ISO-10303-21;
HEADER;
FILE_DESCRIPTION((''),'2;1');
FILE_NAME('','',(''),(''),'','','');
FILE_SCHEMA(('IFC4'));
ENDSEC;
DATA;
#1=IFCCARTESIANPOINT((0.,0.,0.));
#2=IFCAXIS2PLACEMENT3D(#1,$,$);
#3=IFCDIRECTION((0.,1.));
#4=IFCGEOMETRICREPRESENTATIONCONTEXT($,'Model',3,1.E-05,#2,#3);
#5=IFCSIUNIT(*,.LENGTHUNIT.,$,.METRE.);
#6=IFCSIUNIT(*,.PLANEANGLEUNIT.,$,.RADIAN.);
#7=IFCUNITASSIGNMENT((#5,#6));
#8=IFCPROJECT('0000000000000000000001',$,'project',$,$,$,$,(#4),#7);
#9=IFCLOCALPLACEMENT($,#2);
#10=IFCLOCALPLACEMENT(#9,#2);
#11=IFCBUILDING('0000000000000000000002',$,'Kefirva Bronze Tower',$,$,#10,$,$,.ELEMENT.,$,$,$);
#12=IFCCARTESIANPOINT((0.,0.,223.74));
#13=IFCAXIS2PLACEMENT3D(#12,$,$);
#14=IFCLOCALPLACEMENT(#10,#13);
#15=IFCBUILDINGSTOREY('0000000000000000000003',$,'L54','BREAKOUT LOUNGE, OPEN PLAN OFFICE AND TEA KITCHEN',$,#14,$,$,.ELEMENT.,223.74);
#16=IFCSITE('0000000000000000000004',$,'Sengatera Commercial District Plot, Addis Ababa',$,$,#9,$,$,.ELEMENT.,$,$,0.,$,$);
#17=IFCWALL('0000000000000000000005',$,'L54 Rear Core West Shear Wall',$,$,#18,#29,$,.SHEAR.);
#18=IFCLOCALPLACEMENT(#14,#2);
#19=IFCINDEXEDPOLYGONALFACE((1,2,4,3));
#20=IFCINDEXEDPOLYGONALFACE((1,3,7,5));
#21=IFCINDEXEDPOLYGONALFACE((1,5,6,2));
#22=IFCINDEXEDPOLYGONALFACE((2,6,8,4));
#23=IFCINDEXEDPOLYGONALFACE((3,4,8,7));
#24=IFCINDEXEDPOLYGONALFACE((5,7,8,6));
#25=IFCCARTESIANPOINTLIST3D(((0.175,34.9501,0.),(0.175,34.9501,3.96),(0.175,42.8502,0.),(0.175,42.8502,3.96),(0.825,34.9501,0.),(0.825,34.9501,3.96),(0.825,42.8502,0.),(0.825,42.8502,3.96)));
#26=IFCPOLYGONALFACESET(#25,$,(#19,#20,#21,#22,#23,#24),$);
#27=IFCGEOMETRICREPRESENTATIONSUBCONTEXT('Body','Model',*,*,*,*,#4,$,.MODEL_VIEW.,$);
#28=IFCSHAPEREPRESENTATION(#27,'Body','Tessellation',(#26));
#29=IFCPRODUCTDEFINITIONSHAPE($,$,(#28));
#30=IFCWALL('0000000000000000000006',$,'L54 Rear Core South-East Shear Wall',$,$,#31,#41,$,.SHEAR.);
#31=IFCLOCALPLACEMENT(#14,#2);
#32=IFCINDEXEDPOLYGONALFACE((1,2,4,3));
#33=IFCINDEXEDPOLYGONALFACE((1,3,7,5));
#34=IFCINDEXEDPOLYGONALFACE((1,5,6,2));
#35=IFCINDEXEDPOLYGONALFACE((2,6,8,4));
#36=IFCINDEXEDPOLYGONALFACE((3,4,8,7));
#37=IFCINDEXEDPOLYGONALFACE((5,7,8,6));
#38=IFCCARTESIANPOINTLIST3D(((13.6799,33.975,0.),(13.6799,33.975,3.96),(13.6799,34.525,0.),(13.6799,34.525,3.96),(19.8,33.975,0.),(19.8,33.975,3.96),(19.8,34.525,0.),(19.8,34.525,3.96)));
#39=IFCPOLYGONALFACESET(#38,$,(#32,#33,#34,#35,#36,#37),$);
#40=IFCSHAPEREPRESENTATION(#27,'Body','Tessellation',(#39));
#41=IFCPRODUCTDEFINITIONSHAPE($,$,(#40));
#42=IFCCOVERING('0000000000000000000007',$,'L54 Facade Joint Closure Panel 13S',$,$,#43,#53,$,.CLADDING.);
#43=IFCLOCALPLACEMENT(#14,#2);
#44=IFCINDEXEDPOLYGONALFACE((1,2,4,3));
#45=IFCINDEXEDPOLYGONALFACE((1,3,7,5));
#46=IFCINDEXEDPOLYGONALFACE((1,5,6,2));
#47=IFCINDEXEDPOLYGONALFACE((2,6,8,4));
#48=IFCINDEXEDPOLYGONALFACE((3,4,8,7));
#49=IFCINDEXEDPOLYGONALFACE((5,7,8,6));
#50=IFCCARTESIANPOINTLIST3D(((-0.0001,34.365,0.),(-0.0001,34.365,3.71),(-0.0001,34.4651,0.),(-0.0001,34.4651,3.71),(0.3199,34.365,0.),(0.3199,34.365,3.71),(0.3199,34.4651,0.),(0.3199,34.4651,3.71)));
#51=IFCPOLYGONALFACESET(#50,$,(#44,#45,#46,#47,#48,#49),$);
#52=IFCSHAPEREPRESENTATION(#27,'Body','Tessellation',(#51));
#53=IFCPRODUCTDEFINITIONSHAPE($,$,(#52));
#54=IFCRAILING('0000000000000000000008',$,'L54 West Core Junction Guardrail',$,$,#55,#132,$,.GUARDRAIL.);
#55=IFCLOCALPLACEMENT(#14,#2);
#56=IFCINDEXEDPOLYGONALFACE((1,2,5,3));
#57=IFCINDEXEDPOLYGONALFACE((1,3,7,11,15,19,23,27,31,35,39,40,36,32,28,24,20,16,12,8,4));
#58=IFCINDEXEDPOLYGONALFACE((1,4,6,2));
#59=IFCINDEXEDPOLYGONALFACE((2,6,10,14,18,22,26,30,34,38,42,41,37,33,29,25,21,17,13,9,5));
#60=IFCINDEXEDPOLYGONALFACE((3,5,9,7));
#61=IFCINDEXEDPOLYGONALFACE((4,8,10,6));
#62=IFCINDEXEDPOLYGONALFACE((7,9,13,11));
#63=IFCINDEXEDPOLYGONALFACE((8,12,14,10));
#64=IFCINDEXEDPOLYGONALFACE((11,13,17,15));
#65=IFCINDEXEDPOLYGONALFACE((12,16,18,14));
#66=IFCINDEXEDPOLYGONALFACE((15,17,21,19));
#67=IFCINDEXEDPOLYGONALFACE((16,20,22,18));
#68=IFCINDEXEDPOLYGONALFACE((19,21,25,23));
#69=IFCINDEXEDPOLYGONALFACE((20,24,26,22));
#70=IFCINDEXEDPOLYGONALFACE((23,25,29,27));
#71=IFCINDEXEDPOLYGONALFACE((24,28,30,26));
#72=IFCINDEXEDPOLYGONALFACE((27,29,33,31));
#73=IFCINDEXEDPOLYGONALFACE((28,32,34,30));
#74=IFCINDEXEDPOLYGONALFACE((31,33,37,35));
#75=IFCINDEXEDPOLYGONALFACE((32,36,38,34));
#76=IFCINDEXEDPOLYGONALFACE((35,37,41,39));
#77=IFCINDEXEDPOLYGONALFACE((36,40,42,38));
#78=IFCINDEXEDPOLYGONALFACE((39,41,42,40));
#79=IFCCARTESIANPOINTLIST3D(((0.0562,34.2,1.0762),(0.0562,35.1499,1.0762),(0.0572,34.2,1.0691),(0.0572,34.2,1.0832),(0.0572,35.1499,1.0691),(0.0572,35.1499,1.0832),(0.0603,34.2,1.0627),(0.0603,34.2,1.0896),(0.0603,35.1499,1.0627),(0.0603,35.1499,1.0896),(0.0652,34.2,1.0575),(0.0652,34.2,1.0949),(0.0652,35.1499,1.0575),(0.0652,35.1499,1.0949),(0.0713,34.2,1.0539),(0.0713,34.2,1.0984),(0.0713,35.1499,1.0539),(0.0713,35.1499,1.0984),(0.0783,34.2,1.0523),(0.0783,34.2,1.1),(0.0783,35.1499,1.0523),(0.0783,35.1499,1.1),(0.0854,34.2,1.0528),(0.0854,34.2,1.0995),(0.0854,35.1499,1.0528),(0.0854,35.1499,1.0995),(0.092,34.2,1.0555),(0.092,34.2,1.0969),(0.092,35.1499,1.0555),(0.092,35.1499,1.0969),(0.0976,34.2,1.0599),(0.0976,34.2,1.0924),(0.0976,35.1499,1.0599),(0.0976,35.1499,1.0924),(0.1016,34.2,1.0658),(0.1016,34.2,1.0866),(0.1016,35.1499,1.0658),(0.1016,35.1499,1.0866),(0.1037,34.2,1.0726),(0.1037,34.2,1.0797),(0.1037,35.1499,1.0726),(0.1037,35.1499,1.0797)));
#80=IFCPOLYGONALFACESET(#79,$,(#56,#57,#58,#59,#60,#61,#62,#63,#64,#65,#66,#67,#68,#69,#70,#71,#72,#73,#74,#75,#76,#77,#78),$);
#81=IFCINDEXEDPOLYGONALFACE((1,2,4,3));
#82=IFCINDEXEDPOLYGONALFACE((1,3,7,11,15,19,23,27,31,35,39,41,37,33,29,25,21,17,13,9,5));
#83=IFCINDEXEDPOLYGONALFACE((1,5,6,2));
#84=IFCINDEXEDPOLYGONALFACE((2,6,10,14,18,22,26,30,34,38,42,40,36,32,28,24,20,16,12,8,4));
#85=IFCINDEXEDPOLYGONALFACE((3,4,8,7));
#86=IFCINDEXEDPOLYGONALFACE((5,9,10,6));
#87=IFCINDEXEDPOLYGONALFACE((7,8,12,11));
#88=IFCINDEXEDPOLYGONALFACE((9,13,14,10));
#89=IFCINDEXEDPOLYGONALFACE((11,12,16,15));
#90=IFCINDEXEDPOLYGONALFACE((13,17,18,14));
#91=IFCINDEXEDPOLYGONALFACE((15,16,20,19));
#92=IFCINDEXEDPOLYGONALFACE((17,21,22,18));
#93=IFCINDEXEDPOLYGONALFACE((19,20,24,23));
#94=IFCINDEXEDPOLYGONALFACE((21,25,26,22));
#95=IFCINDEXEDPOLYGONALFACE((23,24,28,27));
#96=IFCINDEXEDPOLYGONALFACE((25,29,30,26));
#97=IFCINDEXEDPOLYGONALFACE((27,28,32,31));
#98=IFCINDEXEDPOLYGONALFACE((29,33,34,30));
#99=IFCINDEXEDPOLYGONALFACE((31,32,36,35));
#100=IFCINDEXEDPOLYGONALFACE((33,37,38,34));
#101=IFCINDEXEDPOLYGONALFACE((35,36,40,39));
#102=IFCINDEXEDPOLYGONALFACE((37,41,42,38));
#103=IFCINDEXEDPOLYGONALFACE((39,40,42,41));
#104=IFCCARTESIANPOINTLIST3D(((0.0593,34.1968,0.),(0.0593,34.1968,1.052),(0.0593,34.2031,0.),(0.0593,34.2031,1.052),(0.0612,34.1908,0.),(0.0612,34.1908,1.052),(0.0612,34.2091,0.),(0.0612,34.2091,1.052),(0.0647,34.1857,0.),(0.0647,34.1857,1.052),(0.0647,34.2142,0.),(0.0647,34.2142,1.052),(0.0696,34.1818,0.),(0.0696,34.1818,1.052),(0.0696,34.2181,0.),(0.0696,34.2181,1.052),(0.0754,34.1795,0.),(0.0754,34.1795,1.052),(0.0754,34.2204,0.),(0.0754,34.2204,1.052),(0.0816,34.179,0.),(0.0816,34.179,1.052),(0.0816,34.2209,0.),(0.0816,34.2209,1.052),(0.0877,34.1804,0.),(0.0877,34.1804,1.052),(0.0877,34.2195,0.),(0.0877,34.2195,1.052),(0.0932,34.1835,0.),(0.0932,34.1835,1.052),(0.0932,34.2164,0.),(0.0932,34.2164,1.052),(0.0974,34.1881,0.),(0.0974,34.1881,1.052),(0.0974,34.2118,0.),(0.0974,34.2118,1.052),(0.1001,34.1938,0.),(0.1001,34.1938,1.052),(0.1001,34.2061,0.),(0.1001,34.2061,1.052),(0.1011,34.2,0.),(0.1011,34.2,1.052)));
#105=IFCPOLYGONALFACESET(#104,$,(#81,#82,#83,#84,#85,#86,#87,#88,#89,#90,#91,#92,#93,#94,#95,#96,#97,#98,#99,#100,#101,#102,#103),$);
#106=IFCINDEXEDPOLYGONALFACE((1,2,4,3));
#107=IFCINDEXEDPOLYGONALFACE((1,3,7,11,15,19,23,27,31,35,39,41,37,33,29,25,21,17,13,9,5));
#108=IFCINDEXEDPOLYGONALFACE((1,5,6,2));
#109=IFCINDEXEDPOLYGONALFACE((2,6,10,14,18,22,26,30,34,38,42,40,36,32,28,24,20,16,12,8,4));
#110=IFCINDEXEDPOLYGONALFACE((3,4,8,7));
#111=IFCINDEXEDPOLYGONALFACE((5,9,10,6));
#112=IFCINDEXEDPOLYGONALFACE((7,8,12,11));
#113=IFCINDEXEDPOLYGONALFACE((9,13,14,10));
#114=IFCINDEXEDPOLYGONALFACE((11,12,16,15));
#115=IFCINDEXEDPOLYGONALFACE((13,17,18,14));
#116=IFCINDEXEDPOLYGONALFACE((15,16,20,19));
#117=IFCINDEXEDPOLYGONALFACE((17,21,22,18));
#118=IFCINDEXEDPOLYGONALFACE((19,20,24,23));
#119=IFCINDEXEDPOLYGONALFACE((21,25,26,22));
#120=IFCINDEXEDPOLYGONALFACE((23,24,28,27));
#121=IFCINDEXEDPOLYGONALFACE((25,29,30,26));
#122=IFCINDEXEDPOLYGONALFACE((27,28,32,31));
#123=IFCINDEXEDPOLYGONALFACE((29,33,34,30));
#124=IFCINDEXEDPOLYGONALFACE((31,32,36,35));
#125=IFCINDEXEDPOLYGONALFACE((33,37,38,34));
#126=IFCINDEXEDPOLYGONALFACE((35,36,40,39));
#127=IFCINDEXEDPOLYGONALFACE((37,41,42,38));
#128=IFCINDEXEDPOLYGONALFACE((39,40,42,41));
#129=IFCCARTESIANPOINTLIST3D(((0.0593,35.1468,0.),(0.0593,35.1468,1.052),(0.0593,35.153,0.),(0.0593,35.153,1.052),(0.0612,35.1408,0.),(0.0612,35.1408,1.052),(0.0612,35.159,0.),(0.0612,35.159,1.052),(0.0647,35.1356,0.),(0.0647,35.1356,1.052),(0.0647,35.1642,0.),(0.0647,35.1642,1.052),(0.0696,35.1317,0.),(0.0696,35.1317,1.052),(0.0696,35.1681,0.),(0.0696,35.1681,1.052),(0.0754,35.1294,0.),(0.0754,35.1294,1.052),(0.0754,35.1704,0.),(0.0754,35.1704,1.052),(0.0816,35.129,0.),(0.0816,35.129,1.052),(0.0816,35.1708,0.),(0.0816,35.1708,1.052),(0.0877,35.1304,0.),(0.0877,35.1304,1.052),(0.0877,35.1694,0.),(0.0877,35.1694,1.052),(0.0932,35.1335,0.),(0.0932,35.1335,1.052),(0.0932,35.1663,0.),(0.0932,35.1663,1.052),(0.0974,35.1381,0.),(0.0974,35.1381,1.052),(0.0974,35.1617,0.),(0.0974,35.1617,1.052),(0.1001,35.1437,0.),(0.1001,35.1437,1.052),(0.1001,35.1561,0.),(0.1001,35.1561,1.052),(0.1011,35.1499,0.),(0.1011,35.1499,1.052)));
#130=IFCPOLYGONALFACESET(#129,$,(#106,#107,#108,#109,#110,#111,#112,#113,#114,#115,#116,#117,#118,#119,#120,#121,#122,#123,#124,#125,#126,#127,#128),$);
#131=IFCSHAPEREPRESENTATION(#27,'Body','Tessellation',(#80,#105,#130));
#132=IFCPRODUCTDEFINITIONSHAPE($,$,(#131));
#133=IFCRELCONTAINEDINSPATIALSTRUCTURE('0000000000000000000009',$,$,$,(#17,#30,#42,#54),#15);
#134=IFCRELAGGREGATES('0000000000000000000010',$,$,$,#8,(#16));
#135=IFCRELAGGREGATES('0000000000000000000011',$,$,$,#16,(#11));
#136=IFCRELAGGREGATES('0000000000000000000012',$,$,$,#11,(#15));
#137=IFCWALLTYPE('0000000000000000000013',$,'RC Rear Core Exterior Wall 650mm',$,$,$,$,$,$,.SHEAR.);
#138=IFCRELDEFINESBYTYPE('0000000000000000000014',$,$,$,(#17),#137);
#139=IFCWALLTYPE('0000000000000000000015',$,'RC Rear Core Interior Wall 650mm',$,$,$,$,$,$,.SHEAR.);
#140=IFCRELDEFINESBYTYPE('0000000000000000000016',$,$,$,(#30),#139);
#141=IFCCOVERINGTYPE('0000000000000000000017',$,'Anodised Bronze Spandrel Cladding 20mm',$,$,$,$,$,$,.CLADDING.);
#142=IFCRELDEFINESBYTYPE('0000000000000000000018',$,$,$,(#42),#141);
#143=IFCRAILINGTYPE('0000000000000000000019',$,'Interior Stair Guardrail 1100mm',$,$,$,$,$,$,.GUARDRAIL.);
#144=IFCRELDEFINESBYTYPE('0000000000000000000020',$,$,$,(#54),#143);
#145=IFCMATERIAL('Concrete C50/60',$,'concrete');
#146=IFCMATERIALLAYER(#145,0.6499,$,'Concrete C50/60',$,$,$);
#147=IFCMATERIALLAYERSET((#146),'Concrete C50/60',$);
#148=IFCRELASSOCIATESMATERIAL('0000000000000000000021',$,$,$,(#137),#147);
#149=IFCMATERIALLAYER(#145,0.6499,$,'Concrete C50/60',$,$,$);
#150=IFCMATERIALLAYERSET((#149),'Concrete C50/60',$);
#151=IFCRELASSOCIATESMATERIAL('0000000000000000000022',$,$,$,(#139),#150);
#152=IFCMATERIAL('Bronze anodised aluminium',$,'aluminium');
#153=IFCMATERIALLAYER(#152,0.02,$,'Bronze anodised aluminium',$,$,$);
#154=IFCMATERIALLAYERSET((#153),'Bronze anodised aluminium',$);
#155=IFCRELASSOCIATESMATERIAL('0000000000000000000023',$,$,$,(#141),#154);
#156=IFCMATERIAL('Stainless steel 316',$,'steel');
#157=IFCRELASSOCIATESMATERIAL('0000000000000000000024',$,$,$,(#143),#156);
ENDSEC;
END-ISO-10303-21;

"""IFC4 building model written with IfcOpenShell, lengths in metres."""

from ifc_helpers import new_model, si_unit, direction, frame, frame_2d, origin, origin_2d, place, context, subcontext, project, spatial, rectangle, circle, extrude, material, layer, layer_set, type_object, element, save


model = new_model("IFC4")

# Units and contexts
model_context = context("Model", 3, precision=1e-05, world=origin(), true_north=direction((0.0, 1.0)))
body_context = subcontext(model_context, "Body", "Model", "MODEL_VIEW")
ifc_project = project(units=[si_unit("LENGTHUNIT", "METRE"), si_unit("PLANEANGLEUNIT", "RADIAN")], contexts=[model_context])

# Site, building, storey
site_placement = place(None, origin())
site = spatial("IfcSite", under=ifc_project, at=site_placement, Name="Sengatera Commercial District Plot, Addis Ababa", CompositionType="ELEMENT", RefElevation=0.0)
building_placement = place(site_placement, origin())
building = spatial("IfcBuilding", under=site, at=building_placement, Name="Kefirva Bronze Tower", CompositionType="ELEMENT")
storey_placement = place(building_placement, frame((0.0, 0.0, 223.74)))
storey = spatial("IfcBuildingStorey", under=building, at=storey_placement, Name="L54", Description="BREAKOUT LOUNGE, OPEN PLAN OFFICE AND TEA KITCHEN", CompositionType="ELEMENT", Elevation=223.74)

# Shared definitions
ifc_material_1 = material(Name="Concrete C50/60", Category="concrete")

# Wall
ifc_layer_1 = layer(ifc_material_1, 0.6499, Name="Concrete C50/60")
ifc_layer_set_1 = layer_set([ifc_layer_1], Name="Concrete C50/60")
wall_type_1 = type_object("IfcWallType", Name="RC Rear Core Exterior Wall 650mm", PredefinedType="SHEAR", material=ifc_layer_set_1)
wall_1_placement = place(storey_placement, frame((0.5, 34.95, 0.0), z_axis=(0.0, 0.0, 1.0), x_axis=(0.0, 1.0, 0.0)))
element("IfcWall", 1, at=wall_1_placement, inside=storey, type_object=wall_type_1, Name="L54 Rear Core West Shear Wall", PredefinedType="SHEAR", context=body_context, shape_type="SweptSolid", body=[
    extrude(rectangle(XDim=7.9001, YDim=0.6499, at=frame_2d((3.9502, 0.0))), origin(), (0.0, 0.0, 1.0), 3.96),
])

# Shared definitions
ifc_layer_2 = layer(ifc_material_1, 0.6499, Name="Concrete C50/60")
ifc_layer_set_2 = layer_set([ifc_layer_2], Name="Concrete C50/60")
wall_type_2 = type_object("IfcWallType", Name="RC Rear Core Interior Wall 650mm", PredefinedType="SHEAR", material=ifc_layer_set_2)

# Wall
wall_2_placement = place(storey_placement, frame((13.6799, 34.25, 0.0), z_axis=(0.0, 0.0, 1.0), x_axis=(1.0, 0.0, 0.0)))
element("IfcWall", 2, at=wall_2_placement, inside=storey, type_object=wall_type_2, Name="L54 Rear Core South-East Shear Wall", PredefinedType="SHEAR", context=body_context, shape_type="SweptSolid", body=[
    extrude(rectangle(XDim=6.1201, YDim=0.55, at=frame_2d((3.0601, 0.0))), origin(), (0.0, 0.0, 1.0), 3.96),
])

# Covering
ifc_material_2 = material(Name="Bronze anodised aluminium", Category="aluminium")
ifc_layer_3 = layer(ifc_material_2, 0.02, Name="Bronze anodised aluminium")
ifc_layer_set_3 = layer_set([ifc_layer_3], Name="Bronze anodised aluminium")
covering_type = type_object("IfcCoveringType", Name="Anodised Bronze Spandrel Cladding 20mm", PredefinedType="CLADDING", material=ifc_layer_set_3)
covering_placement = place(storey_placement, frame((0.1599, 34.415, 0.0), z_axis=(0.0, 0.0, 1.0), x_axis=(0.0, -1.0, 0.0)))
element("IfcCovering", 3, at=covering_placement, inside=storey, type_object=covering_type, Name="L54 Facade Joint Closure Panel 13S", PredefinedType="CLADDING", context=body_context, shape_type="SweptSolid", body=[
    extrude(rectangle(XDim=0.1001, YDim=0.3201, at=origin_2d()), origin(), (0.0, 0.0, 1.0), 3.71),
])

# Railing
ifc_material_3 = material(Name="Stainless steel 316", Category="steel")
railing_type = type_object("IfcRailingType", Name="Interior Stair Guardrail 1100mm", PredefinedType="GUARDRAIL", material=ifc_material_3)
railing_placement = place(storey_placement, frame((0.0801, 34.2, 0.0)))
element("IfcRailing", 4, at=railing_placement, inside=storey, type_object=railing_type, Name="L54 West Core Junction Guardrail", PredefinedType="GUARDRAIL", context=body_context, shape_type="SweptSolid", body=[
    extrude(circle(Radius=0.0239, at=origin_2d()), frame((0.0, 0.0, 1.0762), z_axis=(0.0, 1.0, 0.0), x_axis=(-1.0, 0.0, 0.0)), (0.0, 0.0, 1.0), 0.95),
    extrude(circle(Radius=0.021, at=origin_2d()), origin(), (0.0, 0.0, 1.0), 1.052),
    extrude(circle(Radius=0.021, at=origin_2d()), frame((0.0, 0.95, 0.0)), (0.0, 0.0, 1.0), 1.052),
])

save(model, "model.ifc")
